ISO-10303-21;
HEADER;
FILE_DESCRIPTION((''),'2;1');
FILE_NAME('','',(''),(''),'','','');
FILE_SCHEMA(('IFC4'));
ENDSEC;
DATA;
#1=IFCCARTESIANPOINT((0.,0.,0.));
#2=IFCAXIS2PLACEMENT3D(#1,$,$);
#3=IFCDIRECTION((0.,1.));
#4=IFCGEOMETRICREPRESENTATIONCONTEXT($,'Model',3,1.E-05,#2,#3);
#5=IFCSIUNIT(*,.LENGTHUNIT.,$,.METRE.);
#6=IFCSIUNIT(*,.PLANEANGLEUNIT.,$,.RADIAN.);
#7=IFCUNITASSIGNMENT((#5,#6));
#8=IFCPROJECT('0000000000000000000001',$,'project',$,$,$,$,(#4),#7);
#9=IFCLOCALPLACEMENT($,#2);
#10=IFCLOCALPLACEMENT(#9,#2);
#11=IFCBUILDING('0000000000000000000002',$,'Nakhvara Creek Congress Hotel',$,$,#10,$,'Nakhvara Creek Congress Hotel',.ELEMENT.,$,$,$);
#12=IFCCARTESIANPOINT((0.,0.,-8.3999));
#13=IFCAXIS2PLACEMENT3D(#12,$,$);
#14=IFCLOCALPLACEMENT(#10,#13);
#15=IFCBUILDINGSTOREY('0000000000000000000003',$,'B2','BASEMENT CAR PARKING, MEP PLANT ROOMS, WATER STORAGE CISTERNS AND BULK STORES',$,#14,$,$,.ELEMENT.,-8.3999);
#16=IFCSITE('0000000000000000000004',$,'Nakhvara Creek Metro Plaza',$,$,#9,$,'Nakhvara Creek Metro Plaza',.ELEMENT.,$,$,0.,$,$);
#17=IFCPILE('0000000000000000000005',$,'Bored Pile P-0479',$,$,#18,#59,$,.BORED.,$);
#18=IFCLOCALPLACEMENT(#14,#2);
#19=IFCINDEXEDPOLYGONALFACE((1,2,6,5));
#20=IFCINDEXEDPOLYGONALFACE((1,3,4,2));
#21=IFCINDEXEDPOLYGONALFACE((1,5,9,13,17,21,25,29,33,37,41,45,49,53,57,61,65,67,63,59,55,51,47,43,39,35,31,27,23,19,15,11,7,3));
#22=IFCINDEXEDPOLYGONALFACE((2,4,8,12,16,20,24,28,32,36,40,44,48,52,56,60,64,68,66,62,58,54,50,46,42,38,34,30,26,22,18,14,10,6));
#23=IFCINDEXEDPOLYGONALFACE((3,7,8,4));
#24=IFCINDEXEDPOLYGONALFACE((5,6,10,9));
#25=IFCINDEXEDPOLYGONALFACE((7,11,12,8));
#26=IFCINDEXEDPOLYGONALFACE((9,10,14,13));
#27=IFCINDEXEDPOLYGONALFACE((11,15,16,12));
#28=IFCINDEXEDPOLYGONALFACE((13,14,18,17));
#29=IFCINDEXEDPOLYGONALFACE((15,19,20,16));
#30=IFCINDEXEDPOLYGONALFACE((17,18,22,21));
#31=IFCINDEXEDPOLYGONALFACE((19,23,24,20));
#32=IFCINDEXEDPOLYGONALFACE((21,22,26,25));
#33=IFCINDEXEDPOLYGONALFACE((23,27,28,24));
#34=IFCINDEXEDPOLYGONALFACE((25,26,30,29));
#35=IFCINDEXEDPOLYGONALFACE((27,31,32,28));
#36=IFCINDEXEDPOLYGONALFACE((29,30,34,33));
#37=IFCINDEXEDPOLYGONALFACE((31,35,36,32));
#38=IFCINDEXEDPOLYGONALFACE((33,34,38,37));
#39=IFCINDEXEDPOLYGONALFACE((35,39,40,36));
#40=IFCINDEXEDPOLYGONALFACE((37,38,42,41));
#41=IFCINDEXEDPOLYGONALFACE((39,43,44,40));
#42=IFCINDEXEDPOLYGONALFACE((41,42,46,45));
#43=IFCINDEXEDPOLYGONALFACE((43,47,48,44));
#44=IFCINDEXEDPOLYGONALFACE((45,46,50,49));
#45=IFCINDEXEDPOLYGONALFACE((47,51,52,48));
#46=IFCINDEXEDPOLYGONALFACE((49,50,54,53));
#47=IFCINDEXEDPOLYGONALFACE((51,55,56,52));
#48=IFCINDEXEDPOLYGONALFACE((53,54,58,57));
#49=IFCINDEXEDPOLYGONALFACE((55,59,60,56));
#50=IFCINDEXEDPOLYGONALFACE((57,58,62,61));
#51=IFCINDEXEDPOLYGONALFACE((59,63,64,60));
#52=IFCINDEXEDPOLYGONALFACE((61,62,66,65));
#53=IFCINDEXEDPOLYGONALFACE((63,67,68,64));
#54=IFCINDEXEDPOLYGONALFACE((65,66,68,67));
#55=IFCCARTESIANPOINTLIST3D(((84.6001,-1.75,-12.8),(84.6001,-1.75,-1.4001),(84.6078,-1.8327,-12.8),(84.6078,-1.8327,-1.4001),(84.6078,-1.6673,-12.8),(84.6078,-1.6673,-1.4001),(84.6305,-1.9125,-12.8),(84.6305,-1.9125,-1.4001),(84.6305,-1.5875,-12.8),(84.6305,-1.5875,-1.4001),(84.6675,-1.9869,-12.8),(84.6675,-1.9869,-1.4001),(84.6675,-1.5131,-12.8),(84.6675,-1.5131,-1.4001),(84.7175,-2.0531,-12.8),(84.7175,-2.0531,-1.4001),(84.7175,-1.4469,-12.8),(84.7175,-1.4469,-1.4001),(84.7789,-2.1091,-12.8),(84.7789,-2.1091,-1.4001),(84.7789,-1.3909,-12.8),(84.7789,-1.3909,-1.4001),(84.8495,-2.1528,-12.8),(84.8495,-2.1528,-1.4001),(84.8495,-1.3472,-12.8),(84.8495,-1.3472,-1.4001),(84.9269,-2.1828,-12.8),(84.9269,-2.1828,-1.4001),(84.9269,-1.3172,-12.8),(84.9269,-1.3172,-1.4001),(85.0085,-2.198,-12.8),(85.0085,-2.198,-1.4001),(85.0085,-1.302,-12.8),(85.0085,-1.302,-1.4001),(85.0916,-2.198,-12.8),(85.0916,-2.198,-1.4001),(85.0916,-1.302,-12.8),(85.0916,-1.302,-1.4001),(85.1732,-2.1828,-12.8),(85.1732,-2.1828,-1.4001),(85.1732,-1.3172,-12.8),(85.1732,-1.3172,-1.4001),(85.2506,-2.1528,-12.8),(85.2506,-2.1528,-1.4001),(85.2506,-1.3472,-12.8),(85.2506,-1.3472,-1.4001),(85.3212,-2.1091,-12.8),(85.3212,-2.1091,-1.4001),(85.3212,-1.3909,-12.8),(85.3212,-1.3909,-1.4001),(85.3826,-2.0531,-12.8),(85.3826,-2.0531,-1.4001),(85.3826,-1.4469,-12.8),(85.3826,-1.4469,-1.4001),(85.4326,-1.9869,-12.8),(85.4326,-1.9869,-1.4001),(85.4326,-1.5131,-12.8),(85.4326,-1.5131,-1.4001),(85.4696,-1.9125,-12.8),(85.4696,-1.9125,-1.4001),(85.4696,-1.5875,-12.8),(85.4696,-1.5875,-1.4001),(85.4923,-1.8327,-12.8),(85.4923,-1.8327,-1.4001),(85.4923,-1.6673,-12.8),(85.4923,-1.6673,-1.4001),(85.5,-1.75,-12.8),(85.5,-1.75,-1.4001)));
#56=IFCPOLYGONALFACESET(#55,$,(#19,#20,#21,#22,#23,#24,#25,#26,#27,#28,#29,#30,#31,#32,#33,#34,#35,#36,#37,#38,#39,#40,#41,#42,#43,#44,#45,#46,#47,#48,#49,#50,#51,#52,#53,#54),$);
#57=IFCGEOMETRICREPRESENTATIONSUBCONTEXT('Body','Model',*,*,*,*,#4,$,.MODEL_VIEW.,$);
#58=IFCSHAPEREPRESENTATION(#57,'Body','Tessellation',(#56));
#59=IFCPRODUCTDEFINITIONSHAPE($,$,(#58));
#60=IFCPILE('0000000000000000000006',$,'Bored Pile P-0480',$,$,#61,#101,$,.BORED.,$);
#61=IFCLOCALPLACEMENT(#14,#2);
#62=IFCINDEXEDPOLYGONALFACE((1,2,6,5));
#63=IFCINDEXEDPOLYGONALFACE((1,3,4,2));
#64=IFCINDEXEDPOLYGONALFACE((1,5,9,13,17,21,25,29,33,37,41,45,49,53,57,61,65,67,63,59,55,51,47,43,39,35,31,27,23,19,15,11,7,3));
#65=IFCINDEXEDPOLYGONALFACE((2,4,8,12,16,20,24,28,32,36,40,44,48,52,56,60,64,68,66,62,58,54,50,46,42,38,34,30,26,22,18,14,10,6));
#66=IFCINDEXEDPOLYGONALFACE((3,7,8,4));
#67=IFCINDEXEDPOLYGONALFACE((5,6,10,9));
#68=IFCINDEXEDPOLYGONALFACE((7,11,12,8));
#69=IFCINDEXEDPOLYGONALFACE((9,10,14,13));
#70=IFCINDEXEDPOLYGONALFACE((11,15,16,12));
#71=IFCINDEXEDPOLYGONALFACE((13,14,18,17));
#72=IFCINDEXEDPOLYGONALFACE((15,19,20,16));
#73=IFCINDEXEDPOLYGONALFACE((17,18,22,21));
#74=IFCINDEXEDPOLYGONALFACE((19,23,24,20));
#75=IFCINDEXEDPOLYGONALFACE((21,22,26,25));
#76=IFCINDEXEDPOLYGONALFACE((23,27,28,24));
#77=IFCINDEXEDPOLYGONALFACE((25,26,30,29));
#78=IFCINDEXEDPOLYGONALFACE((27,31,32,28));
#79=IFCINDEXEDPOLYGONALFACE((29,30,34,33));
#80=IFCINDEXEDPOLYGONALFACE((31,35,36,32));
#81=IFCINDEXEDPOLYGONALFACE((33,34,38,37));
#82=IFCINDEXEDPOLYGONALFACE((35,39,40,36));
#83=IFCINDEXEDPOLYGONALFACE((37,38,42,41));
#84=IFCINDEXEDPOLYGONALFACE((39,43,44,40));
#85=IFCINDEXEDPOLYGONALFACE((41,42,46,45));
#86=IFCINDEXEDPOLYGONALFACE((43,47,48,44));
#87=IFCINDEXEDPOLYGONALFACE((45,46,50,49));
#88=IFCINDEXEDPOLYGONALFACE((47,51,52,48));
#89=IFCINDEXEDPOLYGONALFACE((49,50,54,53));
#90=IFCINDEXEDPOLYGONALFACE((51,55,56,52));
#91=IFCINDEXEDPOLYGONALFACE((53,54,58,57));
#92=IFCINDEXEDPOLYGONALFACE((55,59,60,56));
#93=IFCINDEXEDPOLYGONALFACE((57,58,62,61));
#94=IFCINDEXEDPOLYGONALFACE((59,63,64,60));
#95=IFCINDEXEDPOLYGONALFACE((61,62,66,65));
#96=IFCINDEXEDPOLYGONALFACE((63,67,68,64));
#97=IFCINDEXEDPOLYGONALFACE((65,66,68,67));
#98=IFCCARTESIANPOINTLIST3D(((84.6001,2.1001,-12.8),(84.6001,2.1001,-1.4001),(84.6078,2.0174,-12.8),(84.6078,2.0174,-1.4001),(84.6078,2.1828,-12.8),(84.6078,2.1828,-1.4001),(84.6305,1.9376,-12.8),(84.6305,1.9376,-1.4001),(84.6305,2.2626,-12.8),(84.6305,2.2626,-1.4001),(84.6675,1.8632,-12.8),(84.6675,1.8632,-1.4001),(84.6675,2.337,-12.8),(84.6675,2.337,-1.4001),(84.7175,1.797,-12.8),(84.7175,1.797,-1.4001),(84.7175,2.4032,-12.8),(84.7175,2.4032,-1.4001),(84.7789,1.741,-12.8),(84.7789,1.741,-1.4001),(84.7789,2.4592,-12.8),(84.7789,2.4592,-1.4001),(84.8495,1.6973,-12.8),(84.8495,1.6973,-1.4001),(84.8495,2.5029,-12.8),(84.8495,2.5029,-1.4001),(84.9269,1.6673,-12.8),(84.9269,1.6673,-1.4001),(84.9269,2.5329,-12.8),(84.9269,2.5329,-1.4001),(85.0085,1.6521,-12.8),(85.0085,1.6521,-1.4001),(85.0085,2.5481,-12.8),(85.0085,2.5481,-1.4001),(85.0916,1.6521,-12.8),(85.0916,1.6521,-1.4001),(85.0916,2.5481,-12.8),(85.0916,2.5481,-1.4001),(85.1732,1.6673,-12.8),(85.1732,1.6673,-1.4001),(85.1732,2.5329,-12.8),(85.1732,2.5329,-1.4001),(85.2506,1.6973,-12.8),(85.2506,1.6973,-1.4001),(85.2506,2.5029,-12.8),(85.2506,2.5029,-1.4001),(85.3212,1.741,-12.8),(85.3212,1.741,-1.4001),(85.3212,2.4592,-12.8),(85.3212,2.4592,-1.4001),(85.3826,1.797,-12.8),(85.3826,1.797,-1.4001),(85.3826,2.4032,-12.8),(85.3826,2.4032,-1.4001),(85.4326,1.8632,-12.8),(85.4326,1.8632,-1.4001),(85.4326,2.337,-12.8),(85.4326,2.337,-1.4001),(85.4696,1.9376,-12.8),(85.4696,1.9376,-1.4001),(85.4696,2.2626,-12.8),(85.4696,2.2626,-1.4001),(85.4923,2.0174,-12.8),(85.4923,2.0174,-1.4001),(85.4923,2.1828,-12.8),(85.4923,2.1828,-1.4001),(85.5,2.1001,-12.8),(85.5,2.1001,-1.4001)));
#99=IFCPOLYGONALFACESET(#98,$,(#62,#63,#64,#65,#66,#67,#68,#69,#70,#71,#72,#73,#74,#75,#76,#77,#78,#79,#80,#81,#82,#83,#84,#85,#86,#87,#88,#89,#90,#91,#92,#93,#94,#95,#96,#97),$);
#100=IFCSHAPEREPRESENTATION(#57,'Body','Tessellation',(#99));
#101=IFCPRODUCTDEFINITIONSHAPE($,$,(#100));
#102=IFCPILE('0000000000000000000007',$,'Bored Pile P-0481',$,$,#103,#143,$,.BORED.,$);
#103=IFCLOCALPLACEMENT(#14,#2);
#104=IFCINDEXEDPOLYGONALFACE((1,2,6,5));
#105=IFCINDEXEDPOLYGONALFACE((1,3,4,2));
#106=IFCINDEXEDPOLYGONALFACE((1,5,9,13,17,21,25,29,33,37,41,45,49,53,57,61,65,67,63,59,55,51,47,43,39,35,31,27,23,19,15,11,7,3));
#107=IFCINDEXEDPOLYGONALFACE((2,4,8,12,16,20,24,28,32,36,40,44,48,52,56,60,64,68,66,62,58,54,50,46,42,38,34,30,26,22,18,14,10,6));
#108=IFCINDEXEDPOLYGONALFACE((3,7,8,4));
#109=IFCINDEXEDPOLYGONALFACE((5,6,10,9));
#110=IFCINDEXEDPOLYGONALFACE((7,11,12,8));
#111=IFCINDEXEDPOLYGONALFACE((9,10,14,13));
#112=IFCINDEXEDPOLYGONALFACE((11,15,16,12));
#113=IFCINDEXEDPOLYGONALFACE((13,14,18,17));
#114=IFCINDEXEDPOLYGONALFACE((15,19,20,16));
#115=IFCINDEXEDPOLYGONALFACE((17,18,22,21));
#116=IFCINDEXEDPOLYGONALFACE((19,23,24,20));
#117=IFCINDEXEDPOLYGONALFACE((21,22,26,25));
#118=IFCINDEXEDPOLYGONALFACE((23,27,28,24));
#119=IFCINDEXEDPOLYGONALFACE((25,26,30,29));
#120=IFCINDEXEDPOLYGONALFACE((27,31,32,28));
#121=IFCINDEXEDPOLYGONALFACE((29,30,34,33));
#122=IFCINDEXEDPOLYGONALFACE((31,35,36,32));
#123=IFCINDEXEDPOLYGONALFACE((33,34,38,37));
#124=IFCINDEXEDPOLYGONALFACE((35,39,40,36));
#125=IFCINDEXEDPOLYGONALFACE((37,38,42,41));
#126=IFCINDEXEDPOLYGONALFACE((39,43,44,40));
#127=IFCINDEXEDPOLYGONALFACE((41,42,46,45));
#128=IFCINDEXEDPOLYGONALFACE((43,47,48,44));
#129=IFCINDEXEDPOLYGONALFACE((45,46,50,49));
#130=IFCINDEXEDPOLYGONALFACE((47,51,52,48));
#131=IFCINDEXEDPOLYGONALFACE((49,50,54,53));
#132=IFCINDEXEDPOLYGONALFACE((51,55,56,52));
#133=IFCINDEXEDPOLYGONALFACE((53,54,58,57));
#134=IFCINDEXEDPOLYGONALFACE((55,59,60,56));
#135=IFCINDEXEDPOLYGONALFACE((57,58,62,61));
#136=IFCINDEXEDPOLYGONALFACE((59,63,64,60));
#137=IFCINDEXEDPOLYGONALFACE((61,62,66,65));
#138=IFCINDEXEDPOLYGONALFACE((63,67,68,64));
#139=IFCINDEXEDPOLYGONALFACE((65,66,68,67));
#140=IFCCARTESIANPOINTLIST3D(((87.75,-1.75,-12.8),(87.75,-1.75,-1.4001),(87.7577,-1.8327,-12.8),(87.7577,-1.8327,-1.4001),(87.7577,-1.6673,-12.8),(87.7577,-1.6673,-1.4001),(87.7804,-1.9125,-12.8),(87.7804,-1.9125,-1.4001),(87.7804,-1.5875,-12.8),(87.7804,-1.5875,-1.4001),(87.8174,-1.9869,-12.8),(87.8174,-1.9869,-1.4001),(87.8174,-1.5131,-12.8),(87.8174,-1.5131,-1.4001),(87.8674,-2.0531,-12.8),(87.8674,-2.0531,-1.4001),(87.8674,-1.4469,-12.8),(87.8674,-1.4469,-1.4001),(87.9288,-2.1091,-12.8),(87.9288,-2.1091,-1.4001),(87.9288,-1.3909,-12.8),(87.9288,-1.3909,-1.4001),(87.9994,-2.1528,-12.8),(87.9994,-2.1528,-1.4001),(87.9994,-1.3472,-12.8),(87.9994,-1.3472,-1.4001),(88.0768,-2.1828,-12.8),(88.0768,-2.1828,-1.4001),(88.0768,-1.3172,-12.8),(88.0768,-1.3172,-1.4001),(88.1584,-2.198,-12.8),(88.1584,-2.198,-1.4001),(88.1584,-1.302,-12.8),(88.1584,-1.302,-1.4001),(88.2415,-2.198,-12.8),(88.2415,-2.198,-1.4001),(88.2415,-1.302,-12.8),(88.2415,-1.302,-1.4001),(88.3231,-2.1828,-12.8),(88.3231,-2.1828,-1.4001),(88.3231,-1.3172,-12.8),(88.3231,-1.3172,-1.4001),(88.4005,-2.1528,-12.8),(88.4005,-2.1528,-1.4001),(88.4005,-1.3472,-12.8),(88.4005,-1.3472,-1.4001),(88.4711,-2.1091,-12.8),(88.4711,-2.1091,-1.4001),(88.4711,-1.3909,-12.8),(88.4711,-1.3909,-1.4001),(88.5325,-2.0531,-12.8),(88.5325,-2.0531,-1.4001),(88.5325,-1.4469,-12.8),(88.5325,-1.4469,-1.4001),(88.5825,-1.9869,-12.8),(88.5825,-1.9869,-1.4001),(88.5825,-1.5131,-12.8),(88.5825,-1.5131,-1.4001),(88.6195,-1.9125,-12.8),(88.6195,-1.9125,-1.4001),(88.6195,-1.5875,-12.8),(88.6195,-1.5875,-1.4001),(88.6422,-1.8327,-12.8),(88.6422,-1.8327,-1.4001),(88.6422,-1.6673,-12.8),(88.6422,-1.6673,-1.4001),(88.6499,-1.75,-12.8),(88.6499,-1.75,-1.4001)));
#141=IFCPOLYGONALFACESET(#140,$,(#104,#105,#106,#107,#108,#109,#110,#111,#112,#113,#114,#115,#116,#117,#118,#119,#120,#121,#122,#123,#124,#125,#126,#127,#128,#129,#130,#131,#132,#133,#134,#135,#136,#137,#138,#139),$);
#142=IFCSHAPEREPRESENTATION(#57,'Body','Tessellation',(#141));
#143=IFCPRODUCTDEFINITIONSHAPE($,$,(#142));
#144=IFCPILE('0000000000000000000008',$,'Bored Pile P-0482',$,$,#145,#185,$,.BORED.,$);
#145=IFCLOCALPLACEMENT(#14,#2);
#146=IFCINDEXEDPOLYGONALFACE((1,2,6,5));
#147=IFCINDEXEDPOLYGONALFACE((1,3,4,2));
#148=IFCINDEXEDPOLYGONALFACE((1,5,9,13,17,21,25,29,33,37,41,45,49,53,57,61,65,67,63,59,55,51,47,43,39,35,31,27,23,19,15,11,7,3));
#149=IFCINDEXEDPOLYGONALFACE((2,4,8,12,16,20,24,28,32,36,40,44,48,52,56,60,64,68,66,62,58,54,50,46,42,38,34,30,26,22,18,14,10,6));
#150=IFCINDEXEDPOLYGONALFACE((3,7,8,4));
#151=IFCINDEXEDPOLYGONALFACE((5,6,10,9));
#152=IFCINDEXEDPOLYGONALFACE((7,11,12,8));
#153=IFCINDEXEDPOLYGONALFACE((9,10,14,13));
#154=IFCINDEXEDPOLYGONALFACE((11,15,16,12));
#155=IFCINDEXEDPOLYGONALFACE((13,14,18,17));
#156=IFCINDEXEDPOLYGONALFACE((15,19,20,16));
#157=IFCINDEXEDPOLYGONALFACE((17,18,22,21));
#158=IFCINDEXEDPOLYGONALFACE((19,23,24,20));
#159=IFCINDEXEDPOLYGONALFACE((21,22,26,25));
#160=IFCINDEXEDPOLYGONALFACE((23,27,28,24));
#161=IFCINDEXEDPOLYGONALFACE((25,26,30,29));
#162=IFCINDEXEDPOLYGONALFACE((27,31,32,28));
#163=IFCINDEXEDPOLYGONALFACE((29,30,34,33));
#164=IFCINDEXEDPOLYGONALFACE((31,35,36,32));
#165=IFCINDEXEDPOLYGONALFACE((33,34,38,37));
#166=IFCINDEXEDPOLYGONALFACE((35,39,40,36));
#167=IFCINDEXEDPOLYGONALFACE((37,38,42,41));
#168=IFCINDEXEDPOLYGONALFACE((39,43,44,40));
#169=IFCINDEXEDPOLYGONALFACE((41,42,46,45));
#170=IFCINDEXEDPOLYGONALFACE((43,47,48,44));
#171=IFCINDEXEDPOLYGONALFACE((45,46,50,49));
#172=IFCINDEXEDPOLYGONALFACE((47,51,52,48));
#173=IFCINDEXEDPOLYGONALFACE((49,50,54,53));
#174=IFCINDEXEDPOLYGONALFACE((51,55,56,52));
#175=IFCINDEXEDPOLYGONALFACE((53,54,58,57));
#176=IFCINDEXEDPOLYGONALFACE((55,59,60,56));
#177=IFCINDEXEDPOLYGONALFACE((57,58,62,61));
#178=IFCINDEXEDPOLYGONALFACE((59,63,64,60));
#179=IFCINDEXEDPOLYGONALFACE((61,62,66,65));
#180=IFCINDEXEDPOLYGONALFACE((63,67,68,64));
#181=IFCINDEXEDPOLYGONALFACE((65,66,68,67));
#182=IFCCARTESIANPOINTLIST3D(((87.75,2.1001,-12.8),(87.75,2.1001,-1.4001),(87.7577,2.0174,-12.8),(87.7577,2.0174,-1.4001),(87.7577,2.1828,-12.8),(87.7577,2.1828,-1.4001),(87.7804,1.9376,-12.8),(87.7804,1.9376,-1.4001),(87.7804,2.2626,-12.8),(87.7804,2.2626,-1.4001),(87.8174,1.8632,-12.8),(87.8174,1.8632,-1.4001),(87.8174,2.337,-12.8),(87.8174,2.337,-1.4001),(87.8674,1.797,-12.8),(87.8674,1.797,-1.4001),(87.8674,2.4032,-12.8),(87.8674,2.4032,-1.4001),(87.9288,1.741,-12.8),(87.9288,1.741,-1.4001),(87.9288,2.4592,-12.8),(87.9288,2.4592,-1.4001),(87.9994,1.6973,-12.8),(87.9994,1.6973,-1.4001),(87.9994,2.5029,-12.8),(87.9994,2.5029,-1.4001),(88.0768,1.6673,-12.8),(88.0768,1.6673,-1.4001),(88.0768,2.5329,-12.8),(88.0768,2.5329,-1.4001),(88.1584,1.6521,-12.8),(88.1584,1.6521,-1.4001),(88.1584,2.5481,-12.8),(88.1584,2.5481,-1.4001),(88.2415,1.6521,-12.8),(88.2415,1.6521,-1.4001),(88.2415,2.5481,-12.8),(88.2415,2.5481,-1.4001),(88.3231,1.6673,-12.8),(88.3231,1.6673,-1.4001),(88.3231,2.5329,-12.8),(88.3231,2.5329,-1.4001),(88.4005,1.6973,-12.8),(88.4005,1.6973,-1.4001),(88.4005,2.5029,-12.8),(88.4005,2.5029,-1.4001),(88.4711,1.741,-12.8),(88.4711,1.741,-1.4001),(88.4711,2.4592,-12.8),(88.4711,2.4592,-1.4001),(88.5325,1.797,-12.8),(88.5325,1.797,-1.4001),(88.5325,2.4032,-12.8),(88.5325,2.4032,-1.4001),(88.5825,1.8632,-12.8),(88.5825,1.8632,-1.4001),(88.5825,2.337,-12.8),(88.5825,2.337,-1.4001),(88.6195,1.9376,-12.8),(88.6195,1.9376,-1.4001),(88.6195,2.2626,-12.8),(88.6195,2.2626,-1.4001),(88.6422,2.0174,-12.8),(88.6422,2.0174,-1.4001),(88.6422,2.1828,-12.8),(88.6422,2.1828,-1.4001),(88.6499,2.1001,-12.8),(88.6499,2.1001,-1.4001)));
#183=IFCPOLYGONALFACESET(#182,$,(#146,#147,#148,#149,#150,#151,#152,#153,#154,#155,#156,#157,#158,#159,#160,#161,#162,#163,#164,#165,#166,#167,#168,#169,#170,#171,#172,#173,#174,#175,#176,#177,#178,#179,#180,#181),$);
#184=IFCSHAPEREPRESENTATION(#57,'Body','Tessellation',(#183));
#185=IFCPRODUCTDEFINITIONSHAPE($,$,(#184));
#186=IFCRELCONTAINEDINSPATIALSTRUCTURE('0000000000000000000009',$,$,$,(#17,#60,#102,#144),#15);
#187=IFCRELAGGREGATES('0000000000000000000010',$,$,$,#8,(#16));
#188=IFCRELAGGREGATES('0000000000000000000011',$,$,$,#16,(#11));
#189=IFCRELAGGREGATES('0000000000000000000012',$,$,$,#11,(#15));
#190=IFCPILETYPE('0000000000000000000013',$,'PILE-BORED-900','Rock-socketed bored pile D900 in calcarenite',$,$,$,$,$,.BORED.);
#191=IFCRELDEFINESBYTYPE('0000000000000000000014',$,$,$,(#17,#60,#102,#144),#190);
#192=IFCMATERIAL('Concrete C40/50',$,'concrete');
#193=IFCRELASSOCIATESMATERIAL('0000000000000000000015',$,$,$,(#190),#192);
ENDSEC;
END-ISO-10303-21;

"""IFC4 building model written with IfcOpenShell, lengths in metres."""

from ifc_helpers import new_model, si_unit, direction, frame, origin, origin_2d, place, context, subcontext, project, spatial, circle, extrude, material, material_profile, profile_set, type_object, element, save


model = new_model("IFC4")

# Units and contexts
model_context = context("Model", 3, precision=1e-05, world=origin(), true_north=direction((0.0, 1.0)))
body_context = subcontext(model_context, "Body", "Model", "MODEL_VIEW")
ifc_project = project(units=[si_unit("LENGTHUNIT", "METRE"), si_unit("PLANEANGLEUNIT", "RADIAN")], contexts=[model_context])

# Site, building, storey
site_placement = place(None, origin())
site = spatial("IfcSite", under=ifc_project, at=site_placement, Name="Nakhvara Creek Metro Plaza", LongName="Nakhvara Creek Metro Plaza", CompositionType="ELEMENT", RefElevation=0.0)
building_placement = place(site_placement, origin())
building = spatial("IfcBuilding", under=site, at=building_placement, Name="Nakhvara Creek Congress Hotel", LongName="Nakhvara Creek Congress Hotel", CompositionType="ELEMENT")
storey_placement = place(building_placement, frame((0.0, 0.0, -8.3999)))
storey = spatial("IfcBuildingStorey", under=building, at=storey_placement, Name="B2", Description="BASEMENT CAR PARKING, MEP PLANT ROOMS, WATER STORAGE CISTERNS AND BULK STORES", CompositionType="ELEMENT", Elevation=-8.3999)

# Shared definitions
ifc_material_1 = material(Name="Concrete C40/50", Category="concrete")

# Piles
ifc_material_profile_1 = material_profile(ifc_material_1, circle(Radius=0.45, at=origin_2d()), Name="BORED PILE D900", Category="LoadBearing")
ifc_profile_set_1 = profile_set([ifc_material_profile_1], Name="Concrete C40/50")
pile_type = type_object("IfcPileType", Name="PILE-BORED-900", Description="Rock-socketed bored pile D900 in calcarenite", PredefinedType="BORED", material=ifc_profile_set_1)
for number, where, z_axis, x_axis, name in (
    (1, (85.05, -1.75, -1.4001), (0.0, 0.0, -1.0), (1.0, 0.0, 0.0), "Bored Pile P-0479"),
    (2, (85.05, 2.1001, -1.4001), (0.0, 0.0, -1.0), (1.0, 0.0, 0.0), "Bored Pile P-0480"),
    (3, (88.2, -1.75, -1.4001), (0.0, 0.0, -1.0), (1.0, 0.0, 0.0), "Bored Pile P-0481"),
    (4, (88.2, 2.1001, -1.4001), (0.0, 0.0, -1.0), (1.0, 0.0, 0.0), "Bored Pile P-0482"),
):
    element("IfcPile", number, at=place(storey_placement, frame(where, z_axis=z_axis, x_axis=x_axis)), inside=storey, type_object=pile_type, Name=name, PredefinedType="BORED", context=body_context, shape_type="SweptSolid", body=[
        extrude(circle(Radius=0.45, at=origin_2d()), origin(), (0.0, 0.0, 1.0), 11.3999),
    ])

save(model, "model.ifc")
